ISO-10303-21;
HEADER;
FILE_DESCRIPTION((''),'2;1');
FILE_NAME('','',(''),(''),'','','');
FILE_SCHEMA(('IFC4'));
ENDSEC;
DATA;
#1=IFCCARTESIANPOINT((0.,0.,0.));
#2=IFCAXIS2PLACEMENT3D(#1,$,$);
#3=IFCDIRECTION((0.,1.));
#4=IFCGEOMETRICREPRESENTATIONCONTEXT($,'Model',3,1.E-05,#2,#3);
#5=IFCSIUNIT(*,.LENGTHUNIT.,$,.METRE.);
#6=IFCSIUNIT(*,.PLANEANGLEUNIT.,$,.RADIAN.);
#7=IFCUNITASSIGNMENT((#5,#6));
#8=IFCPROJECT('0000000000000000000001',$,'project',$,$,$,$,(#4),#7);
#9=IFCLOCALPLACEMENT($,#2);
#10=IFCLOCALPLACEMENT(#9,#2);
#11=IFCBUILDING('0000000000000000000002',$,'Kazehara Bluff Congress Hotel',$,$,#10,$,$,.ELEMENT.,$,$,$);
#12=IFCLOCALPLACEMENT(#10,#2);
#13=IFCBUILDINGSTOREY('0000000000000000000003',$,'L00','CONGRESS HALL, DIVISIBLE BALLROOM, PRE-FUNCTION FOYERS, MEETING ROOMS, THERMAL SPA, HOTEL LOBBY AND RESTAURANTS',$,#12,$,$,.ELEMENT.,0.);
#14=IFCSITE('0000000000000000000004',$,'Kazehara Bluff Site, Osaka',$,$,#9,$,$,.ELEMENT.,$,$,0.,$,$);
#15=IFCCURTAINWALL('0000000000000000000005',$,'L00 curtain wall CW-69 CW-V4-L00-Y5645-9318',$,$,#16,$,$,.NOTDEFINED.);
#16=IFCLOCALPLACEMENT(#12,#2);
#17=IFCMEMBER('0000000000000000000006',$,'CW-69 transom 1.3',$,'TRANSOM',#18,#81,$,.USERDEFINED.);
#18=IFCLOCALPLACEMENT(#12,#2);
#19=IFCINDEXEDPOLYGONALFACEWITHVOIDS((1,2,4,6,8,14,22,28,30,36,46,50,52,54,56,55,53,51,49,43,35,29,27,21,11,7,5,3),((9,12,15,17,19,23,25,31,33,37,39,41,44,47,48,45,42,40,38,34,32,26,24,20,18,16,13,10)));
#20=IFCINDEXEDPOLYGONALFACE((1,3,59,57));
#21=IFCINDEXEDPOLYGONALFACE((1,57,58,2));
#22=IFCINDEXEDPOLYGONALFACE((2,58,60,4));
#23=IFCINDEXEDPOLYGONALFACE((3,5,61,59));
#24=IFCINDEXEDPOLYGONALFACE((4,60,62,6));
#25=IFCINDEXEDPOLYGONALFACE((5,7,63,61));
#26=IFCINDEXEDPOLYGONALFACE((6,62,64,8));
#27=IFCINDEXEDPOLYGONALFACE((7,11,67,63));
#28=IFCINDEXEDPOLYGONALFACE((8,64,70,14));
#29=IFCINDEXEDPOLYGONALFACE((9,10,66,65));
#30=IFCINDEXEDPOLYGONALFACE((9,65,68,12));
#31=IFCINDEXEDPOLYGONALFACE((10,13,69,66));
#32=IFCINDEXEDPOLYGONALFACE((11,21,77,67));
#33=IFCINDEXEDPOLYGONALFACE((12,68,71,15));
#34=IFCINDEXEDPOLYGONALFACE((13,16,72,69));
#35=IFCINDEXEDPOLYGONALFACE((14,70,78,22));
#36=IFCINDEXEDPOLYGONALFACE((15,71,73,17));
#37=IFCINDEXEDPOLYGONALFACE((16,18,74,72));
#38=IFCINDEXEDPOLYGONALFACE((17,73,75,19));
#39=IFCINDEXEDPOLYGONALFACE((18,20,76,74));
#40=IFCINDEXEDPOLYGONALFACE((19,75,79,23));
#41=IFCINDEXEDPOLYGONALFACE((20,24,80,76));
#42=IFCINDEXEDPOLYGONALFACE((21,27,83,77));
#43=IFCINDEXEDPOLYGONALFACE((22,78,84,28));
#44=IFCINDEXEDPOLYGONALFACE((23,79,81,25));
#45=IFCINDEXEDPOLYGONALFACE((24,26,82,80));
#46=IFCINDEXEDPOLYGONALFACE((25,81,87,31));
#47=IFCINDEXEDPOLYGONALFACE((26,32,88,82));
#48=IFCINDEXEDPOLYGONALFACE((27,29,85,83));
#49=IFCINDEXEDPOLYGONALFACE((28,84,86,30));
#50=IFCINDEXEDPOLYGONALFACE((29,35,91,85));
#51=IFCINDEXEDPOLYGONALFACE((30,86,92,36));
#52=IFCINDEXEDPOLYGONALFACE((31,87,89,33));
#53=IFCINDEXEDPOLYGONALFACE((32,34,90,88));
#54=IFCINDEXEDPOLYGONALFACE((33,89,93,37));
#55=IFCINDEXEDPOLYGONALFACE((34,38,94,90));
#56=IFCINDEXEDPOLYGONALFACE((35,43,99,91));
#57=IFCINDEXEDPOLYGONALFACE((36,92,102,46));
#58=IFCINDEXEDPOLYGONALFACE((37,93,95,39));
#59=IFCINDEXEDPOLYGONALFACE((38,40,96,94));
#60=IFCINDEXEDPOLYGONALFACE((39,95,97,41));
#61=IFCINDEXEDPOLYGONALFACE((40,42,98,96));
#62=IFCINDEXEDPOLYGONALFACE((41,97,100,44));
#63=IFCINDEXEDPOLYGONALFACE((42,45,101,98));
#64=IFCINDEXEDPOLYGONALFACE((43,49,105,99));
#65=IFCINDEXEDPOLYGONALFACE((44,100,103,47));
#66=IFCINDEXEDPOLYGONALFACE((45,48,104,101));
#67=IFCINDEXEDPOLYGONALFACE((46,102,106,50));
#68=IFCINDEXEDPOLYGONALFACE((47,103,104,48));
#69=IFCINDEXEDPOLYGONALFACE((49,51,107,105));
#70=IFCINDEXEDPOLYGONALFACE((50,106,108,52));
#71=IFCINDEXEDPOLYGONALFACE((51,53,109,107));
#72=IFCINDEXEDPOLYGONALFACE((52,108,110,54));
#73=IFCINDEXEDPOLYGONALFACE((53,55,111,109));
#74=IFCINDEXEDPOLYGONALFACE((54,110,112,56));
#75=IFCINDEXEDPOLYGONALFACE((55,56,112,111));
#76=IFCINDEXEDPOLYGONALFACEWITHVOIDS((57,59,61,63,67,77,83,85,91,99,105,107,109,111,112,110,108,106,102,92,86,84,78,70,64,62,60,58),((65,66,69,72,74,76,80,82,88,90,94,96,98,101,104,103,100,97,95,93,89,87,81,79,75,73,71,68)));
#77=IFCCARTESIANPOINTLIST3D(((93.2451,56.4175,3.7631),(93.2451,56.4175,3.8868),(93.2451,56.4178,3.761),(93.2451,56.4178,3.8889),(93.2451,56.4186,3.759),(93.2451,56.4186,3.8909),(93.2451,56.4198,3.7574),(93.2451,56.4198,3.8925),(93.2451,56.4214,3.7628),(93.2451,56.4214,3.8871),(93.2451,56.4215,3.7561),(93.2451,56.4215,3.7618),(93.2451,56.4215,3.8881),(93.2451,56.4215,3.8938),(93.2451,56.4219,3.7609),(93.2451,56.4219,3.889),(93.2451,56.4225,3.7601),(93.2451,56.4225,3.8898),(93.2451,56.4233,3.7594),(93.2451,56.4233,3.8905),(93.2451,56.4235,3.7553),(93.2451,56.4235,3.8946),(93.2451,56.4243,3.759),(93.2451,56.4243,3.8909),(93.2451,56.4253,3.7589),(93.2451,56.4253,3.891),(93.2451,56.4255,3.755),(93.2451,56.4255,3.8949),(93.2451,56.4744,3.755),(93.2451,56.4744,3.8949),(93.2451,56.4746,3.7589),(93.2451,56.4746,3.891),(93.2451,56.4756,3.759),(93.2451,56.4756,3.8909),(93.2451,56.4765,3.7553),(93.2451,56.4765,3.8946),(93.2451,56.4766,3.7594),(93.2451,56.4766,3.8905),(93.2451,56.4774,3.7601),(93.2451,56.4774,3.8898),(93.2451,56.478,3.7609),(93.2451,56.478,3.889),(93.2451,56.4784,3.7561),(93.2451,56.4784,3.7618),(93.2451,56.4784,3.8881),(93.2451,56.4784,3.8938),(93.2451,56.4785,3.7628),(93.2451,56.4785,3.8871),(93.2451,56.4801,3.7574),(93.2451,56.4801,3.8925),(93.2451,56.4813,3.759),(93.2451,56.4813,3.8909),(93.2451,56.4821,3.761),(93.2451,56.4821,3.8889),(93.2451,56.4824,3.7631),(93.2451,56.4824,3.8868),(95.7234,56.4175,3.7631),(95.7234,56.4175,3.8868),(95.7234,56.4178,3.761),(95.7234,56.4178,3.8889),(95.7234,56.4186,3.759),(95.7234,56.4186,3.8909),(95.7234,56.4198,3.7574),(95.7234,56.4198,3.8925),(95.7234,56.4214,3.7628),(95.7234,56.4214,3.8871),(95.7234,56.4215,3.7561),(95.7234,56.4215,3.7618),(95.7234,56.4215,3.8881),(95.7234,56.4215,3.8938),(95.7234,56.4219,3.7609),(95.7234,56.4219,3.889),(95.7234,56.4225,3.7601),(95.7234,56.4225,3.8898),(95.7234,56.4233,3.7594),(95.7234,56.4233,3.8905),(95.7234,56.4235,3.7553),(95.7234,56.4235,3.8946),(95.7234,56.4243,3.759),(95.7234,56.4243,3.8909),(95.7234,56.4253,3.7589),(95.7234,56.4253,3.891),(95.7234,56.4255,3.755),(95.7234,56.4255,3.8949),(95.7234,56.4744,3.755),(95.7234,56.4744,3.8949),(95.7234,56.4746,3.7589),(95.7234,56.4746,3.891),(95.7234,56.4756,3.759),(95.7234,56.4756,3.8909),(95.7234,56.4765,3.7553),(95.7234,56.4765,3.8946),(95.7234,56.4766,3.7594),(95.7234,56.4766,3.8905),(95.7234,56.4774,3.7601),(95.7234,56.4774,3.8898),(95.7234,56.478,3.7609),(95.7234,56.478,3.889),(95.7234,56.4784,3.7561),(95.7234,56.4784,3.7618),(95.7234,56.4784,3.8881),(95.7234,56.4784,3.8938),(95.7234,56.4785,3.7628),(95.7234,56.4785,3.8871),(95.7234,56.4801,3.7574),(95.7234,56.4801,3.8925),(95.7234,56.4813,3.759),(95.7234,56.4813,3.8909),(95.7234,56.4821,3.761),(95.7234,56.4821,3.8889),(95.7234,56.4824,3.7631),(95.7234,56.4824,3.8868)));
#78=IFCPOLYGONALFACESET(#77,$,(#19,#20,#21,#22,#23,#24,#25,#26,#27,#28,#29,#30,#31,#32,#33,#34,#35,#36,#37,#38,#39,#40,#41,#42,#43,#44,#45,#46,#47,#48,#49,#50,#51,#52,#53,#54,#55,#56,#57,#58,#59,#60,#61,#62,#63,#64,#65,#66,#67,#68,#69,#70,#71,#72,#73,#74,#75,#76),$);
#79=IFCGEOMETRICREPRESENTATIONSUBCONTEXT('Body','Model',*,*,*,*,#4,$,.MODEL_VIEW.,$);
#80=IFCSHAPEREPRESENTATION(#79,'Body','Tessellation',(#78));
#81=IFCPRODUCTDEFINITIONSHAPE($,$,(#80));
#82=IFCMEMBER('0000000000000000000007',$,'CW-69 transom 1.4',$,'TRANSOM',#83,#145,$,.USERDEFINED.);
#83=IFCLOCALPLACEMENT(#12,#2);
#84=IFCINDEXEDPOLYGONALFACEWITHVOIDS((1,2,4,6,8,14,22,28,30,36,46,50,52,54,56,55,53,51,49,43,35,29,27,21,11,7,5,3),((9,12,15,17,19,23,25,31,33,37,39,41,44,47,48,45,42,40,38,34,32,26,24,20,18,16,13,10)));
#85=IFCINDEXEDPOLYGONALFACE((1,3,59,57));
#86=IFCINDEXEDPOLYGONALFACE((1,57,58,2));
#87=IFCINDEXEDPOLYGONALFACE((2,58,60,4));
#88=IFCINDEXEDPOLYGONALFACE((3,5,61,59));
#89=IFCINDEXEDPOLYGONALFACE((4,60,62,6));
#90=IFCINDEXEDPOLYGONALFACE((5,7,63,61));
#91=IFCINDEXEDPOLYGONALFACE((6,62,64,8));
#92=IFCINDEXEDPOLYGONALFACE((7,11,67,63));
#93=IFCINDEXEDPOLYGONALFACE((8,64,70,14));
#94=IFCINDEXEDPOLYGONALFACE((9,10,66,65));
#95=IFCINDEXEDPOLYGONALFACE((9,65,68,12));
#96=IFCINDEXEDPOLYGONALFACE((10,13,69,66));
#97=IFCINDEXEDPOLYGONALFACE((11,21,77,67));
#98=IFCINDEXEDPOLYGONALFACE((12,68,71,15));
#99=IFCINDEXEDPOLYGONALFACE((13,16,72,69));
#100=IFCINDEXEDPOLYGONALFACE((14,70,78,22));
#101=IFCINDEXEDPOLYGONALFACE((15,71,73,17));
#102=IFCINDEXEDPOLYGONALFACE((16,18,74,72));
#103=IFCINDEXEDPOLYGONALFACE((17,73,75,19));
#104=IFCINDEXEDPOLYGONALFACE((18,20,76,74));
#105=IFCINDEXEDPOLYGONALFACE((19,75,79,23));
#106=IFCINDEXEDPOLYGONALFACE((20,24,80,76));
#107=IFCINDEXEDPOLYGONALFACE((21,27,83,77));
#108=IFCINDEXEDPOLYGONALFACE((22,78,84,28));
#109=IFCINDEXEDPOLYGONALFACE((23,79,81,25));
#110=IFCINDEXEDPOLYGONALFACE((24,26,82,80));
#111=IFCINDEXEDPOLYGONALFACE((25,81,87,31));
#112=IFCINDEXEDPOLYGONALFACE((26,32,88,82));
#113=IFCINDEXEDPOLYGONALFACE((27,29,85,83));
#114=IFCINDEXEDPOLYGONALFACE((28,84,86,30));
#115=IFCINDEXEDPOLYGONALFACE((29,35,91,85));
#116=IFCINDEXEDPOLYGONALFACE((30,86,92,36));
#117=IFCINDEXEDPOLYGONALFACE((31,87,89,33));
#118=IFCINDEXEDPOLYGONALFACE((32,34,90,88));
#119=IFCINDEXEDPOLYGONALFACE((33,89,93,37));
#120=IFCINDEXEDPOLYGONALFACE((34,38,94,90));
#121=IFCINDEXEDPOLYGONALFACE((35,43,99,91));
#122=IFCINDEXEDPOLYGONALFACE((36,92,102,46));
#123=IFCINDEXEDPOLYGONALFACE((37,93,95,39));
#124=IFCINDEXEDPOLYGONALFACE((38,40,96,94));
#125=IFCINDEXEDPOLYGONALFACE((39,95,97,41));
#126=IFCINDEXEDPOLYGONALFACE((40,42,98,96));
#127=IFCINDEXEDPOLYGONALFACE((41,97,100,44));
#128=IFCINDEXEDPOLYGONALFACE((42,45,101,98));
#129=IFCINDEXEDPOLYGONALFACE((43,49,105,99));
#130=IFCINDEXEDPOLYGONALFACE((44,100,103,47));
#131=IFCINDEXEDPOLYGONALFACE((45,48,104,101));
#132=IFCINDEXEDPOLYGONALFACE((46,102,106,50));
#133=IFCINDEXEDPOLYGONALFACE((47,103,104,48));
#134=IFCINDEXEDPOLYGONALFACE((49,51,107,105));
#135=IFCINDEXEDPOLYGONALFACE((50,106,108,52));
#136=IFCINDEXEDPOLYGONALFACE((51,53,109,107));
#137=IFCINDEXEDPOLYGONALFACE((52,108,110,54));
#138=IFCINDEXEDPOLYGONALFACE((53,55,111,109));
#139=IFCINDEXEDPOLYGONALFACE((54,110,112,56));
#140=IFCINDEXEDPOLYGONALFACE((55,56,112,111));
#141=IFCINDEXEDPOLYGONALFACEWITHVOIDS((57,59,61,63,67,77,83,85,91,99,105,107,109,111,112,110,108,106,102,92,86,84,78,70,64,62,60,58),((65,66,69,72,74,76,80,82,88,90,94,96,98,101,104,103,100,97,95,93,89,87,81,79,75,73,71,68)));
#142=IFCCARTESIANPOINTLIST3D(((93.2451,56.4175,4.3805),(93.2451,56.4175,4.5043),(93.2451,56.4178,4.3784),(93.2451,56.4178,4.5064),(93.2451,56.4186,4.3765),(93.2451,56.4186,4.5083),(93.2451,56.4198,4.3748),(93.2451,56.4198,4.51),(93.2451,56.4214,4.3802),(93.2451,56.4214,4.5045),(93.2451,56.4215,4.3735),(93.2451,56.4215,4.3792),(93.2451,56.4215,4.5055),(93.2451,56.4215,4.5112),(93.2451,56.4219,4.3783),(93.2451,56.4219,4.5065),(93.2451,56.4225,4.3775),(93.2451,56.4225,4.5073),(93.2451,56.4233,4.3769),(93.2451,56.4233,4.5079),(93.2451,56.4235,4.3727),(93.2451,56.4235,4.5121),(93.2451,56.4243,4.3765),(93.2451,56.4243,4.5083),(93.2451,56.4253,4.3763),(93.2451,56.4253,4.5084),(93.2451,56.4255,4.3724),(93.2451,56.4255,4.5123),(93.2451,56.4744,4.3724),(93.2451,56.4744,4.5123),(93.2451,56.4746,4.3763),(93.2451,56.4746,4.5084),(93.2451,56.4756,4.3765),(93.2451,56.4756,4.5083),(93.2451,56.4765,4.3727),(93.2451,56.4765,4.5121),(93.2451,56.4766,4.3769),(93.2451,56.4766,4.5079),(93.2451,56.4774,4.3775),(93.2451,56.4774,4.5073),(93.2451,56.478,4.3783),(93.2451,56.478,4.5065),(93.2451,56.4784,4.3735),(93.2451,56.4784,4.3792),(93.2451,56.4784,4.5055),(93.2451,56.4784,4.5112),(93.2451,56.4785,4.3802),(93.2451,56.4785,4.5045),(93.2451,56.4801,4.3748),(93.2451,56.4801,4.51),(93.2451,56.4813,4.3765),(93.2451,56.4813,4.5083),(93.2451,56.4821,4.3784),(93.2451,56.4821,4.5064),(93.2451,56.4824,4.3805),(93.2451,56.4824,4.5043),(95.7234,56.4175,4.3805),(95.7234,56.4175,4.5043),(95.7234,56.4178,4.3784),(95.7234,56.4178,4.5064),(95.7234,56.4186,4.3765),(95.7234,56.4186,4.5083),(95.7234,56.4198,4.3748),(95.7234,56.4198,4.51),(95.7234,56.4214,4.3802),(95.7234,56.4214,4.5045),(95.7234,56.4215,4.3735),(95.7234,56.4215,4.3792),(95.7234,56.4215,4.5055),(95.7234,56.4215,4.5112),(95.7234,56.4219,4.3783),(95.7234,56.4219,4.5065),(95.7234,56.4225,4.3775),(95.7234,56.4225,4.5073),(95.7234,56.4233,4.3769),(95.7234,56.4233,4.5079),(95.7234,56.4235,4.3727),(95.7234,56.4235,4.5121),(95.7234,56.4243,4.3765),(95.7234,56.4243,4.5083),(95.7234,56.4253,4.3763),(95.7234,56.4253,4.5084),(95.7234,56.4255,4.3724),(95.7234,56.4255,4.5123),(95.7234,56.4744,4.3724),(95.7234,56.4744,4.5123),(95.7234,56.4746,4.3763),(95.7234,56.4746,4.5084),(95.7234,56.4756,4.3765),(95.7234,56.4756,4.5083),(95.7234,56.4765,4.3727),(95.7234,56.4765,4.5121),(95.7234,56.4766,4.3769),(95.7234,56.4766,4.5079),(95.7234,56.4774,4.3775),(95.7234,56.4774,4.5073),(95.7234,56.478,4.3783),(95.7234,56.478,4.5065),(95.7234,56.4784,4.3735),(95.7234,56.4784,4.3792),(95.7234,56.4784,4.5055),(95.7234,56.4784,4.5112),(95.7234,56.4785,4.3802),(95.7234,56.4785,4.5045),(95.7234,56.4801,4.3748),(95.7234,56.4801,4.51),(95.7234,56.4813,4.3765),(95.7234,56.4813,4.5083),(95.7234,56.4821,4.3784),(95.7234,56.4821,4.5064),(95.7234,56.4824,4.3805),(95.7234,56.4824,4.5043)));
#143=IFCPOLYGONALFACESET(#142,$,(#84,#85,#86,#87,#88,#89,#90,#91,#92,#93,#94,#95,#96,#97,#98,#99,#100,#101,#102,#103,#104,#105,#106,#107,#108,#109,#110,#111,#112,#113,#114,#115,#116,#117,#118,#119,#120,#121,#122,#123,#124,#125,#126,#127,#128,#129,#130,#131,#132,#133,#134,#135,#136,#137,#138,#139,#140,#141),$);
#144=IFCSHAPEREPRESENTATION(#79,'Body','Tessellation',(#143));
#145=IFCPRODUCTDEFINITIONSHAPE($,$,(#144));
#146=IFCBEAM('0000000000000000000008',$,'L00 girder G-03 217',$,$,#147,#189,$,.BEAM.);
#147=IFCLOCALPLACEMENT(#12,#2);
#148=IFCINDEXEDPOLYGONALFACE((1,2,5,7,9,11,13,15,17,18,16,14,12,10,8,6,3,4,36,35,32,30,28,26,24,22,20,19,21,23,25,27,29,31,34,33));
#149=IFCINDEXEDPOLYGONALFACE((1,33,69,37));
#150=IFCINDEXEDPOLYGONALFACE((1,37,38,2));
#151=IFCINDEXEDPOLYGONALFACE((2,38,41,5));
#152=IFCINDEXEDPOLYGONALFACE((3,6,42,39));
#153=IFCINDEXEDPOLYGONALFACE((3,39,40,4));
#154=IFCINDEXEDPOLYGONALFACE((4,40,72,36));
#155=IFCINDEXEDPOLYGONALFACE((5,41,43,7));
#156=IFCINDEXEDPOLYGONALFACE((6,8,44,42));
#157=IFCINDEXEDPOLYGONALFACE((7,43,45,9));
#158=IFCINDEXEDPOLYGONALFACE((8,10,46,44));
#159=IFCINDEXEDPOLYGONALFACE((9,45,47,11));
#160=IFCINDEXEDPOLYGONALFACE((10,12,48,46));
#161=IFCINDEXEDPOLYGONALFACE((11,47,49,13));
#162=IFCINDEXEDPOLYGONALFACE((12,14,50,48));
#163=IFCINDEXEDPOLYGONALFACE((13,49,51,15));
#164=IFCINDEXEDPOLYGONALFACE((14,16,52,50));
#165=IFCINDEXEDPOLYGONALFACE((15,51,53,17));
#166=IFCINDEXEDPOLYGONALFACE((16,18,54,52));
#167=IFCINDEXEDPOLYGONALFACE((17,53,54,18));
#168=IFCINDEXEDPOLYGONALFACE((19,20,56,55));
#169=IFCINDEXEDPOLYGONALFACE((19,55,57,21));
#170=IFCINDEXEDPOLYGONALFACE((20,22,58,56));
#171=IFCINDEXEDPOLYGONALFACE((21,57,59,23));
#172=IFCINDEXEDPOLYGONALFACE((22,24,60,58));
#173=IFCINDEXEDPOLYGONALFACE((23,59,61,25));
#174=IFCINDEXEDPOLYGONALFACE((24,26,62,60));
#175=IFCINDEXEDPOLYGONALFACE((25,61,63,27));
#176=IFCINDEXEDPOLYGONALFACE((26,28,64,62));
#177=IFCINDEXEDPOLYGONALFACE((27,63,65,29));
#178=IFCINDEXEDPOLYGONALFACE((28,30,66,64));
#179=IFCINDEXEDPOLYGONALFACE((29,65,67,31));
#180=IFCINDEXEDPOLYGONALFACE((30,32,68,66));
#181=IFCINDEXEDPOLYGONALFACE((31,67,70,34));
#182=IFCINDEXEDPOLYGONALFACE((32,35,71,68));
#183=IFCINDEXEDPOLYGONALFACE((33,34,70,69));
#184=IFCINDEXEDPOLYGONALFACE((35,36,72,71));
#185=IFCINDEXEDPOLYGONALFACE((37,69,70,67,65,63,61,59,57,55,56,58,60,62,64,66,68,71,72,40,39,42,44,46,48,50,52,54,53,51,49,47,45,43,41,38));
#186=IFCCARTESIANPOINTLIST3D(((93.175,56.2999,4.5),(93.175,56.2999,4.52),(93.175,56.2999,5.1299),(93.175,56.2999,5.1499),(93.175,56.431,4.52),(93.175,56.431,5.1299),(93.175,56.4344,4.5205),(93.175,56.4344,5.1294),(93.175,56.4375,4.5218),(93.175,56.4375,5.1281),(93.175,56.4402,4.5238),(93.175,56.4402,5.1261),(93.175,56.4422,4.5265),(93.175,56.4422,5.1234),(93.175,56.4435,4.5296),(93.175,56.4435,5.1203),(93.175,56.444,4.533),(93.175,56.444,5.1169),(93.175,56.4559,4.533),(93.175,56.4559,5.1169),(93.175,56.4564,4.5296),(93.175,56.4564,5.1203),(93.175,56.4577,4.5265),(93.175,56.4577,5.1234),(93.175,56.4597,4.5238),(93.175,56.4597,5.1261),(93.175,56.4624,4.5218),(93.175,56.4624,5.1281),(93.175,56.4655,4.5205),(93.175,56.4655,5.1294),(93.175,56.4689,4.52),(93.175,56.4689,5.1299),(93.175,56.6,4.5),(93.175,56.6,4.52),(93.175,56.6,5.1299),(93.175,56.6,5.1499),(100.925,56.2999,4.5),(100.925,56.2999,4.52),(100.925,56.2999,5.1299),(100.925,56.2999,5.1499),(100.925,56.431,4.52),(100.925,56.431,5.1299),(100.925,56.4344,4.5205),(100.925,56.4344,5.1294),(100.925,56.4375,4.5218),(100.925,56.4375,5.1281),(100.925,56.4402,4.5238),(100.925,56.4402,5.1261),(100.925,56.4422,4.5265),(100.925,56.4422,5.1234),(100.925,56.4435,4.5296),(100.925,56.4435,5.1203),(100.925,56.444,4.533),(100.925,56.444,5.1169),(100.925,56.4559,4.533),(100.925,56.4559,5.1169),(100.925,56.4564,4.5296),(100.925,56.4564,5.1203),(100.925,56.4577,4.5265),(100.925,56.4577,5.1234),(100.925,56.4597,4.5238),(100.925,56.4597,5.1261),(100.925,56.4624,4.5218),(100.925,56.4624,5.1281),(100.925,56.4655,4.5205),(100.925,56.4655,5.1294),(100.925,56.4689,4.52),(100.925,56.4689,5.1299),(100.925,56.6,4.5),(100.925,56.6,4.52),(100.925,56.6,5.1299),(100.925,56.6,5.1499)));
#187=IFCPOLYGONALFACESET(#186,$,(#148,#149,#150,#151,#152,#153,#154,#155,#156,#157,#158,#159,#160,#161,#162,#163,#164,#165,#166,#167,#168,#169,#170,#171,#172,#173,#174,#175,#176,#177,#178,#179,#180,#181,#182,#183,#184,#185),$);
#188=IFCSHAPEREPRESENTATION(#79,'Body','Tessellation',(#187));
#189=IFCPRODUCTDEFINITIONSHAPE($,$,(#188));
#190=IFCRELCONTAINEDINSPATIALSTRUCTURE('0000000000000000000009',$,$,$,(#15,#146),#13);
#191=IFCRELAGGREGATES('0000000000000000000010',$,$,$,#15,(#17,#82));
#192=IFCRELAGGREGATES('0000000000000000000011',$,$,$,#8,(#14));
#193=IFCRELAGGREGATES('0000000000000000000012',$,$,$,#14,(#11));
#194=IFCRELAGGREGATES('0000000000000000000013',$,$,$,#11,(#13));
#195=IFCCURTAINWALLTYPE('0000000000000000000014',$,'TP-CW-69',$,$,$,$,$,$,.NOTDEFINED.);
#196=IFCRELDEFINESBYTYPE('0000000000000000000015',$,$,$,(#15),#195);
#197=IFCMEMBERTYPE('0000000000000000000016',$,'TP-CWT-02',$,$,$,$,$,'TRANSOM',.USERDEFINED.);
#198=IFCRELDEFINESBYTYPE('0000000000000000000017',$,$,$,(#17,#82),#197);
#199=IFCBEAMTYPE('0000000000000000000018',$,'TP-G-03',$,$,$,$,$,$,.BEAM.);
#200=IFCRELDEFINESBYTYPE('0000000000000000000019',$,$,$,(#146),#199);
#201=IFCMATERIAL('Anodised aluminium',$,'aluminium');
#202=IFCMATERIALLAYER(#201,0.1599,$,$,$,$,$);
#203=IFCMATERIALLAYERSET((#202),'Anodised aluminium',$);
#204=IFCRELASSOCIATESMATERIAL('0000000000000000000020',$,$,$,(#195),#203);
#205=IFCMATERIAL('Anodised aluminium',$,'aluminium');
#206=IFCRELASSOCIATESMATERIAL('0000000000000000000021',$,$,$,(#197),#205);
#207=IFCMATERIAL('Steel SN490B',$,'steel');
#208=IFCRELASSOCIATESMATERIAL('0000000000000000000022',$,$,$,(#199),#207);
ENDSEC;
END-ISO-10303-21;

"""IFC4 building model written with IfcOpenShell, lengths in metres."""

from ifc_helpers import new_model, si_unit, direction, frame, origin, origin_2d, place, context, subcontext, project, spatial, hollow_rectangle, i_section, extrude, material, layer, layer_set, material_profile, profile_set, type_object, element, aggregate, save


model = new_model("IFC4")

# Units and contexts
model_context = context("Model", 3, precision=1e-05, world=origin(), true_north=direction((0.0, 1.0)))
body_context = subcontext(model_context, "Body", "Model", "MODEL_VIEW")
ifc_project = project(units=[si_unit("LENGTHUNIT", "METRE"), si_unit("PLANEANGLEUNIT", "RADIAN")], contexts=[model_context])

# Site, building, storey
site_placement = place(None, origin())
site = spatial("IfcSite", under=ifc_project, at=site_placement, Name="Kazehara Bluff Site, Osaka", CompositionType="ELEMENT", RefElevation=0.0)
building_placement = place(site_placement, origin())
building = spatial("IfcBuilding", under=site, at=building_placement, Name="Kazehara Bluff Congress Hotel", CompositionType="ELEMENT")
storey_placement = place(building_placement, origin())
storey = spatial("IfcBuildingStorey", under=building, at=storey_placement, Name="L00", Description="CONGRESS HALL, DIVISIBLE BALLROOM, PRE-FUNCTION FOYERS, MEETING ROOMS, THERMAL SPA, HOTEL LOBBY AND RESTAURANTS", CompositionType="ELEMENT", Elevation=0.0)

# Curtain wall
ifc_material_1 = material(Name="Anodised aluminium", Category="aluminium")
ifc_layer_1 = layer(ifc_material_1, 0.1599)
ifc_layer_set_1 = layer_set([ifc_layer_1], Name="Anodised aluminium")
curtain_wall_type_1 = type_object("IfcCurtainWallType", Name="TP-CW-69", PredefinedType="NOTDEFINED", material=ifc_layer_set_1)
curtain_wall_1_placement = place(storey_placement, origin())
curtain_wall_1 = element("IfcCurtainWall", 1, at=curtain_wall_1_placement, inside=storey, type_object=curtain_wall_type_1, Name="L00 curtain wall CW-69 CW-V4-L00-Y5645-9318", PredefinedType="NOTDEFINED")

# Members
ifc_material_2 = material(Name="Anodised aluminium", Category="aluminium")
ifc_material_profile_1 = material_profile(ifc_material_2, hollow_rectangle(XDim=0.0649, YDim=0.1399, WallThickness=0.0039, InnerFilletRadius=0.0039, OuterFilletRadius=0.0081, at=origin_2d()))
ifc_profile_set_1 = profile_set([ifc_material_profile_1], Name="Anodised aluminium")
member_type_1 = type_object("IfcMemberType", Name="TP-CWT-02", ElementType="TRANSOM", PredefinedType="USERDEFINED", material=ifc_profile_set_1)
member_1_placement = place(storey_placement, frame((93.2451, 56.45, 3.825), z_axis=(1.0, 0.0, 0.0), x_axis=(0.0, 1.0, 0.0)))
member_1 = element("IfcMember", 2, at=member_1_placement, type_object=member_type_1, Name="CW-69 transom 1.3", ObjectType="TRANSOM", PredefinedType="USERDEFINED", context=body_context, shape_type="SweptSolid", body=[
    extrude(hollow_rectangle(XDim=0.0649, YDim=0.1399, WallThickness=0.0039, InnerFilletRadius=0.0039, OuterFilletRadius=0.0081, at=origin_2d()), origin(), (0.0, 0.0, 1.0), 2.4783),
])
member_2_placement = place(storey_placement, frame((93.2451, 56.45, 4.4424), z_axis=(1.0, 0.0, 0.0), x_axis=(0.0, 1.0, 0.0)))
member_2 = element("IfcMember", 3, at=member_2_placement, type_object=member_type_1, Name="CW-69 transom 1.4", ObjectType="TRANSOM", PredefinedType="USERDEFINED", context=body_context, shape_type="SweptSolid", body=[
    extrude(hollow_rectangle(XDim=0.0649, YDim=0.1399, WallThickness=0.0039, InnerFilletRadius=0.0039, OuterFilletRadius=0.0081, at=origin_2d()), origin(), (0.0, 0.0, 1.0), 2.4783),
])
aggregate(curtain_wall_1, [member_1, member_2])

# Beam
ifc_material_3 = material(Name="Steel SN490B", Category="steel")
ifc_material_profile_2 = material_profile(ifc_material_3, i_section(OverallWidth=0.3, OverallDepth=0.6499, WebThickness=0.012, FlangeThickness=0.02, FilletRadius=0.0129, at=origin_2d()))
ifc_profile_set_2 = profile_set([ifc_material_profile_2], Name="Steel SN490B")
beam_type_1 = type_object("IfcBeamType", Name="TP-G-03", PredefinedType="BEAM", material=ifc_profile_set_2)
beam_1_placement = place(storey_placement, frame((93.175, 56.45, 4.825), z_axis=(1.0, 0.0, 0.0), x_axis=(0.0, 1.0, 0.0)))
element("IfcBeam", 4, at=beam_1_placement, inside=storey, type_object=beam_type_1, Name="L00 girder G-03 217", PredefinedType="BEAM", context=body_context, shape_type="SweptSolid", body=[
    extrude(i_section(OverallWidth=0.3, OverallDepth=0.6499, WebThickness=0.012, FlangeThickness=0.02, FilletRadius=0.0129, at=origin_2d()), origin(), (0.0, 0.0, 1.0), 7.75),
])

save(model, "model.ifc")
